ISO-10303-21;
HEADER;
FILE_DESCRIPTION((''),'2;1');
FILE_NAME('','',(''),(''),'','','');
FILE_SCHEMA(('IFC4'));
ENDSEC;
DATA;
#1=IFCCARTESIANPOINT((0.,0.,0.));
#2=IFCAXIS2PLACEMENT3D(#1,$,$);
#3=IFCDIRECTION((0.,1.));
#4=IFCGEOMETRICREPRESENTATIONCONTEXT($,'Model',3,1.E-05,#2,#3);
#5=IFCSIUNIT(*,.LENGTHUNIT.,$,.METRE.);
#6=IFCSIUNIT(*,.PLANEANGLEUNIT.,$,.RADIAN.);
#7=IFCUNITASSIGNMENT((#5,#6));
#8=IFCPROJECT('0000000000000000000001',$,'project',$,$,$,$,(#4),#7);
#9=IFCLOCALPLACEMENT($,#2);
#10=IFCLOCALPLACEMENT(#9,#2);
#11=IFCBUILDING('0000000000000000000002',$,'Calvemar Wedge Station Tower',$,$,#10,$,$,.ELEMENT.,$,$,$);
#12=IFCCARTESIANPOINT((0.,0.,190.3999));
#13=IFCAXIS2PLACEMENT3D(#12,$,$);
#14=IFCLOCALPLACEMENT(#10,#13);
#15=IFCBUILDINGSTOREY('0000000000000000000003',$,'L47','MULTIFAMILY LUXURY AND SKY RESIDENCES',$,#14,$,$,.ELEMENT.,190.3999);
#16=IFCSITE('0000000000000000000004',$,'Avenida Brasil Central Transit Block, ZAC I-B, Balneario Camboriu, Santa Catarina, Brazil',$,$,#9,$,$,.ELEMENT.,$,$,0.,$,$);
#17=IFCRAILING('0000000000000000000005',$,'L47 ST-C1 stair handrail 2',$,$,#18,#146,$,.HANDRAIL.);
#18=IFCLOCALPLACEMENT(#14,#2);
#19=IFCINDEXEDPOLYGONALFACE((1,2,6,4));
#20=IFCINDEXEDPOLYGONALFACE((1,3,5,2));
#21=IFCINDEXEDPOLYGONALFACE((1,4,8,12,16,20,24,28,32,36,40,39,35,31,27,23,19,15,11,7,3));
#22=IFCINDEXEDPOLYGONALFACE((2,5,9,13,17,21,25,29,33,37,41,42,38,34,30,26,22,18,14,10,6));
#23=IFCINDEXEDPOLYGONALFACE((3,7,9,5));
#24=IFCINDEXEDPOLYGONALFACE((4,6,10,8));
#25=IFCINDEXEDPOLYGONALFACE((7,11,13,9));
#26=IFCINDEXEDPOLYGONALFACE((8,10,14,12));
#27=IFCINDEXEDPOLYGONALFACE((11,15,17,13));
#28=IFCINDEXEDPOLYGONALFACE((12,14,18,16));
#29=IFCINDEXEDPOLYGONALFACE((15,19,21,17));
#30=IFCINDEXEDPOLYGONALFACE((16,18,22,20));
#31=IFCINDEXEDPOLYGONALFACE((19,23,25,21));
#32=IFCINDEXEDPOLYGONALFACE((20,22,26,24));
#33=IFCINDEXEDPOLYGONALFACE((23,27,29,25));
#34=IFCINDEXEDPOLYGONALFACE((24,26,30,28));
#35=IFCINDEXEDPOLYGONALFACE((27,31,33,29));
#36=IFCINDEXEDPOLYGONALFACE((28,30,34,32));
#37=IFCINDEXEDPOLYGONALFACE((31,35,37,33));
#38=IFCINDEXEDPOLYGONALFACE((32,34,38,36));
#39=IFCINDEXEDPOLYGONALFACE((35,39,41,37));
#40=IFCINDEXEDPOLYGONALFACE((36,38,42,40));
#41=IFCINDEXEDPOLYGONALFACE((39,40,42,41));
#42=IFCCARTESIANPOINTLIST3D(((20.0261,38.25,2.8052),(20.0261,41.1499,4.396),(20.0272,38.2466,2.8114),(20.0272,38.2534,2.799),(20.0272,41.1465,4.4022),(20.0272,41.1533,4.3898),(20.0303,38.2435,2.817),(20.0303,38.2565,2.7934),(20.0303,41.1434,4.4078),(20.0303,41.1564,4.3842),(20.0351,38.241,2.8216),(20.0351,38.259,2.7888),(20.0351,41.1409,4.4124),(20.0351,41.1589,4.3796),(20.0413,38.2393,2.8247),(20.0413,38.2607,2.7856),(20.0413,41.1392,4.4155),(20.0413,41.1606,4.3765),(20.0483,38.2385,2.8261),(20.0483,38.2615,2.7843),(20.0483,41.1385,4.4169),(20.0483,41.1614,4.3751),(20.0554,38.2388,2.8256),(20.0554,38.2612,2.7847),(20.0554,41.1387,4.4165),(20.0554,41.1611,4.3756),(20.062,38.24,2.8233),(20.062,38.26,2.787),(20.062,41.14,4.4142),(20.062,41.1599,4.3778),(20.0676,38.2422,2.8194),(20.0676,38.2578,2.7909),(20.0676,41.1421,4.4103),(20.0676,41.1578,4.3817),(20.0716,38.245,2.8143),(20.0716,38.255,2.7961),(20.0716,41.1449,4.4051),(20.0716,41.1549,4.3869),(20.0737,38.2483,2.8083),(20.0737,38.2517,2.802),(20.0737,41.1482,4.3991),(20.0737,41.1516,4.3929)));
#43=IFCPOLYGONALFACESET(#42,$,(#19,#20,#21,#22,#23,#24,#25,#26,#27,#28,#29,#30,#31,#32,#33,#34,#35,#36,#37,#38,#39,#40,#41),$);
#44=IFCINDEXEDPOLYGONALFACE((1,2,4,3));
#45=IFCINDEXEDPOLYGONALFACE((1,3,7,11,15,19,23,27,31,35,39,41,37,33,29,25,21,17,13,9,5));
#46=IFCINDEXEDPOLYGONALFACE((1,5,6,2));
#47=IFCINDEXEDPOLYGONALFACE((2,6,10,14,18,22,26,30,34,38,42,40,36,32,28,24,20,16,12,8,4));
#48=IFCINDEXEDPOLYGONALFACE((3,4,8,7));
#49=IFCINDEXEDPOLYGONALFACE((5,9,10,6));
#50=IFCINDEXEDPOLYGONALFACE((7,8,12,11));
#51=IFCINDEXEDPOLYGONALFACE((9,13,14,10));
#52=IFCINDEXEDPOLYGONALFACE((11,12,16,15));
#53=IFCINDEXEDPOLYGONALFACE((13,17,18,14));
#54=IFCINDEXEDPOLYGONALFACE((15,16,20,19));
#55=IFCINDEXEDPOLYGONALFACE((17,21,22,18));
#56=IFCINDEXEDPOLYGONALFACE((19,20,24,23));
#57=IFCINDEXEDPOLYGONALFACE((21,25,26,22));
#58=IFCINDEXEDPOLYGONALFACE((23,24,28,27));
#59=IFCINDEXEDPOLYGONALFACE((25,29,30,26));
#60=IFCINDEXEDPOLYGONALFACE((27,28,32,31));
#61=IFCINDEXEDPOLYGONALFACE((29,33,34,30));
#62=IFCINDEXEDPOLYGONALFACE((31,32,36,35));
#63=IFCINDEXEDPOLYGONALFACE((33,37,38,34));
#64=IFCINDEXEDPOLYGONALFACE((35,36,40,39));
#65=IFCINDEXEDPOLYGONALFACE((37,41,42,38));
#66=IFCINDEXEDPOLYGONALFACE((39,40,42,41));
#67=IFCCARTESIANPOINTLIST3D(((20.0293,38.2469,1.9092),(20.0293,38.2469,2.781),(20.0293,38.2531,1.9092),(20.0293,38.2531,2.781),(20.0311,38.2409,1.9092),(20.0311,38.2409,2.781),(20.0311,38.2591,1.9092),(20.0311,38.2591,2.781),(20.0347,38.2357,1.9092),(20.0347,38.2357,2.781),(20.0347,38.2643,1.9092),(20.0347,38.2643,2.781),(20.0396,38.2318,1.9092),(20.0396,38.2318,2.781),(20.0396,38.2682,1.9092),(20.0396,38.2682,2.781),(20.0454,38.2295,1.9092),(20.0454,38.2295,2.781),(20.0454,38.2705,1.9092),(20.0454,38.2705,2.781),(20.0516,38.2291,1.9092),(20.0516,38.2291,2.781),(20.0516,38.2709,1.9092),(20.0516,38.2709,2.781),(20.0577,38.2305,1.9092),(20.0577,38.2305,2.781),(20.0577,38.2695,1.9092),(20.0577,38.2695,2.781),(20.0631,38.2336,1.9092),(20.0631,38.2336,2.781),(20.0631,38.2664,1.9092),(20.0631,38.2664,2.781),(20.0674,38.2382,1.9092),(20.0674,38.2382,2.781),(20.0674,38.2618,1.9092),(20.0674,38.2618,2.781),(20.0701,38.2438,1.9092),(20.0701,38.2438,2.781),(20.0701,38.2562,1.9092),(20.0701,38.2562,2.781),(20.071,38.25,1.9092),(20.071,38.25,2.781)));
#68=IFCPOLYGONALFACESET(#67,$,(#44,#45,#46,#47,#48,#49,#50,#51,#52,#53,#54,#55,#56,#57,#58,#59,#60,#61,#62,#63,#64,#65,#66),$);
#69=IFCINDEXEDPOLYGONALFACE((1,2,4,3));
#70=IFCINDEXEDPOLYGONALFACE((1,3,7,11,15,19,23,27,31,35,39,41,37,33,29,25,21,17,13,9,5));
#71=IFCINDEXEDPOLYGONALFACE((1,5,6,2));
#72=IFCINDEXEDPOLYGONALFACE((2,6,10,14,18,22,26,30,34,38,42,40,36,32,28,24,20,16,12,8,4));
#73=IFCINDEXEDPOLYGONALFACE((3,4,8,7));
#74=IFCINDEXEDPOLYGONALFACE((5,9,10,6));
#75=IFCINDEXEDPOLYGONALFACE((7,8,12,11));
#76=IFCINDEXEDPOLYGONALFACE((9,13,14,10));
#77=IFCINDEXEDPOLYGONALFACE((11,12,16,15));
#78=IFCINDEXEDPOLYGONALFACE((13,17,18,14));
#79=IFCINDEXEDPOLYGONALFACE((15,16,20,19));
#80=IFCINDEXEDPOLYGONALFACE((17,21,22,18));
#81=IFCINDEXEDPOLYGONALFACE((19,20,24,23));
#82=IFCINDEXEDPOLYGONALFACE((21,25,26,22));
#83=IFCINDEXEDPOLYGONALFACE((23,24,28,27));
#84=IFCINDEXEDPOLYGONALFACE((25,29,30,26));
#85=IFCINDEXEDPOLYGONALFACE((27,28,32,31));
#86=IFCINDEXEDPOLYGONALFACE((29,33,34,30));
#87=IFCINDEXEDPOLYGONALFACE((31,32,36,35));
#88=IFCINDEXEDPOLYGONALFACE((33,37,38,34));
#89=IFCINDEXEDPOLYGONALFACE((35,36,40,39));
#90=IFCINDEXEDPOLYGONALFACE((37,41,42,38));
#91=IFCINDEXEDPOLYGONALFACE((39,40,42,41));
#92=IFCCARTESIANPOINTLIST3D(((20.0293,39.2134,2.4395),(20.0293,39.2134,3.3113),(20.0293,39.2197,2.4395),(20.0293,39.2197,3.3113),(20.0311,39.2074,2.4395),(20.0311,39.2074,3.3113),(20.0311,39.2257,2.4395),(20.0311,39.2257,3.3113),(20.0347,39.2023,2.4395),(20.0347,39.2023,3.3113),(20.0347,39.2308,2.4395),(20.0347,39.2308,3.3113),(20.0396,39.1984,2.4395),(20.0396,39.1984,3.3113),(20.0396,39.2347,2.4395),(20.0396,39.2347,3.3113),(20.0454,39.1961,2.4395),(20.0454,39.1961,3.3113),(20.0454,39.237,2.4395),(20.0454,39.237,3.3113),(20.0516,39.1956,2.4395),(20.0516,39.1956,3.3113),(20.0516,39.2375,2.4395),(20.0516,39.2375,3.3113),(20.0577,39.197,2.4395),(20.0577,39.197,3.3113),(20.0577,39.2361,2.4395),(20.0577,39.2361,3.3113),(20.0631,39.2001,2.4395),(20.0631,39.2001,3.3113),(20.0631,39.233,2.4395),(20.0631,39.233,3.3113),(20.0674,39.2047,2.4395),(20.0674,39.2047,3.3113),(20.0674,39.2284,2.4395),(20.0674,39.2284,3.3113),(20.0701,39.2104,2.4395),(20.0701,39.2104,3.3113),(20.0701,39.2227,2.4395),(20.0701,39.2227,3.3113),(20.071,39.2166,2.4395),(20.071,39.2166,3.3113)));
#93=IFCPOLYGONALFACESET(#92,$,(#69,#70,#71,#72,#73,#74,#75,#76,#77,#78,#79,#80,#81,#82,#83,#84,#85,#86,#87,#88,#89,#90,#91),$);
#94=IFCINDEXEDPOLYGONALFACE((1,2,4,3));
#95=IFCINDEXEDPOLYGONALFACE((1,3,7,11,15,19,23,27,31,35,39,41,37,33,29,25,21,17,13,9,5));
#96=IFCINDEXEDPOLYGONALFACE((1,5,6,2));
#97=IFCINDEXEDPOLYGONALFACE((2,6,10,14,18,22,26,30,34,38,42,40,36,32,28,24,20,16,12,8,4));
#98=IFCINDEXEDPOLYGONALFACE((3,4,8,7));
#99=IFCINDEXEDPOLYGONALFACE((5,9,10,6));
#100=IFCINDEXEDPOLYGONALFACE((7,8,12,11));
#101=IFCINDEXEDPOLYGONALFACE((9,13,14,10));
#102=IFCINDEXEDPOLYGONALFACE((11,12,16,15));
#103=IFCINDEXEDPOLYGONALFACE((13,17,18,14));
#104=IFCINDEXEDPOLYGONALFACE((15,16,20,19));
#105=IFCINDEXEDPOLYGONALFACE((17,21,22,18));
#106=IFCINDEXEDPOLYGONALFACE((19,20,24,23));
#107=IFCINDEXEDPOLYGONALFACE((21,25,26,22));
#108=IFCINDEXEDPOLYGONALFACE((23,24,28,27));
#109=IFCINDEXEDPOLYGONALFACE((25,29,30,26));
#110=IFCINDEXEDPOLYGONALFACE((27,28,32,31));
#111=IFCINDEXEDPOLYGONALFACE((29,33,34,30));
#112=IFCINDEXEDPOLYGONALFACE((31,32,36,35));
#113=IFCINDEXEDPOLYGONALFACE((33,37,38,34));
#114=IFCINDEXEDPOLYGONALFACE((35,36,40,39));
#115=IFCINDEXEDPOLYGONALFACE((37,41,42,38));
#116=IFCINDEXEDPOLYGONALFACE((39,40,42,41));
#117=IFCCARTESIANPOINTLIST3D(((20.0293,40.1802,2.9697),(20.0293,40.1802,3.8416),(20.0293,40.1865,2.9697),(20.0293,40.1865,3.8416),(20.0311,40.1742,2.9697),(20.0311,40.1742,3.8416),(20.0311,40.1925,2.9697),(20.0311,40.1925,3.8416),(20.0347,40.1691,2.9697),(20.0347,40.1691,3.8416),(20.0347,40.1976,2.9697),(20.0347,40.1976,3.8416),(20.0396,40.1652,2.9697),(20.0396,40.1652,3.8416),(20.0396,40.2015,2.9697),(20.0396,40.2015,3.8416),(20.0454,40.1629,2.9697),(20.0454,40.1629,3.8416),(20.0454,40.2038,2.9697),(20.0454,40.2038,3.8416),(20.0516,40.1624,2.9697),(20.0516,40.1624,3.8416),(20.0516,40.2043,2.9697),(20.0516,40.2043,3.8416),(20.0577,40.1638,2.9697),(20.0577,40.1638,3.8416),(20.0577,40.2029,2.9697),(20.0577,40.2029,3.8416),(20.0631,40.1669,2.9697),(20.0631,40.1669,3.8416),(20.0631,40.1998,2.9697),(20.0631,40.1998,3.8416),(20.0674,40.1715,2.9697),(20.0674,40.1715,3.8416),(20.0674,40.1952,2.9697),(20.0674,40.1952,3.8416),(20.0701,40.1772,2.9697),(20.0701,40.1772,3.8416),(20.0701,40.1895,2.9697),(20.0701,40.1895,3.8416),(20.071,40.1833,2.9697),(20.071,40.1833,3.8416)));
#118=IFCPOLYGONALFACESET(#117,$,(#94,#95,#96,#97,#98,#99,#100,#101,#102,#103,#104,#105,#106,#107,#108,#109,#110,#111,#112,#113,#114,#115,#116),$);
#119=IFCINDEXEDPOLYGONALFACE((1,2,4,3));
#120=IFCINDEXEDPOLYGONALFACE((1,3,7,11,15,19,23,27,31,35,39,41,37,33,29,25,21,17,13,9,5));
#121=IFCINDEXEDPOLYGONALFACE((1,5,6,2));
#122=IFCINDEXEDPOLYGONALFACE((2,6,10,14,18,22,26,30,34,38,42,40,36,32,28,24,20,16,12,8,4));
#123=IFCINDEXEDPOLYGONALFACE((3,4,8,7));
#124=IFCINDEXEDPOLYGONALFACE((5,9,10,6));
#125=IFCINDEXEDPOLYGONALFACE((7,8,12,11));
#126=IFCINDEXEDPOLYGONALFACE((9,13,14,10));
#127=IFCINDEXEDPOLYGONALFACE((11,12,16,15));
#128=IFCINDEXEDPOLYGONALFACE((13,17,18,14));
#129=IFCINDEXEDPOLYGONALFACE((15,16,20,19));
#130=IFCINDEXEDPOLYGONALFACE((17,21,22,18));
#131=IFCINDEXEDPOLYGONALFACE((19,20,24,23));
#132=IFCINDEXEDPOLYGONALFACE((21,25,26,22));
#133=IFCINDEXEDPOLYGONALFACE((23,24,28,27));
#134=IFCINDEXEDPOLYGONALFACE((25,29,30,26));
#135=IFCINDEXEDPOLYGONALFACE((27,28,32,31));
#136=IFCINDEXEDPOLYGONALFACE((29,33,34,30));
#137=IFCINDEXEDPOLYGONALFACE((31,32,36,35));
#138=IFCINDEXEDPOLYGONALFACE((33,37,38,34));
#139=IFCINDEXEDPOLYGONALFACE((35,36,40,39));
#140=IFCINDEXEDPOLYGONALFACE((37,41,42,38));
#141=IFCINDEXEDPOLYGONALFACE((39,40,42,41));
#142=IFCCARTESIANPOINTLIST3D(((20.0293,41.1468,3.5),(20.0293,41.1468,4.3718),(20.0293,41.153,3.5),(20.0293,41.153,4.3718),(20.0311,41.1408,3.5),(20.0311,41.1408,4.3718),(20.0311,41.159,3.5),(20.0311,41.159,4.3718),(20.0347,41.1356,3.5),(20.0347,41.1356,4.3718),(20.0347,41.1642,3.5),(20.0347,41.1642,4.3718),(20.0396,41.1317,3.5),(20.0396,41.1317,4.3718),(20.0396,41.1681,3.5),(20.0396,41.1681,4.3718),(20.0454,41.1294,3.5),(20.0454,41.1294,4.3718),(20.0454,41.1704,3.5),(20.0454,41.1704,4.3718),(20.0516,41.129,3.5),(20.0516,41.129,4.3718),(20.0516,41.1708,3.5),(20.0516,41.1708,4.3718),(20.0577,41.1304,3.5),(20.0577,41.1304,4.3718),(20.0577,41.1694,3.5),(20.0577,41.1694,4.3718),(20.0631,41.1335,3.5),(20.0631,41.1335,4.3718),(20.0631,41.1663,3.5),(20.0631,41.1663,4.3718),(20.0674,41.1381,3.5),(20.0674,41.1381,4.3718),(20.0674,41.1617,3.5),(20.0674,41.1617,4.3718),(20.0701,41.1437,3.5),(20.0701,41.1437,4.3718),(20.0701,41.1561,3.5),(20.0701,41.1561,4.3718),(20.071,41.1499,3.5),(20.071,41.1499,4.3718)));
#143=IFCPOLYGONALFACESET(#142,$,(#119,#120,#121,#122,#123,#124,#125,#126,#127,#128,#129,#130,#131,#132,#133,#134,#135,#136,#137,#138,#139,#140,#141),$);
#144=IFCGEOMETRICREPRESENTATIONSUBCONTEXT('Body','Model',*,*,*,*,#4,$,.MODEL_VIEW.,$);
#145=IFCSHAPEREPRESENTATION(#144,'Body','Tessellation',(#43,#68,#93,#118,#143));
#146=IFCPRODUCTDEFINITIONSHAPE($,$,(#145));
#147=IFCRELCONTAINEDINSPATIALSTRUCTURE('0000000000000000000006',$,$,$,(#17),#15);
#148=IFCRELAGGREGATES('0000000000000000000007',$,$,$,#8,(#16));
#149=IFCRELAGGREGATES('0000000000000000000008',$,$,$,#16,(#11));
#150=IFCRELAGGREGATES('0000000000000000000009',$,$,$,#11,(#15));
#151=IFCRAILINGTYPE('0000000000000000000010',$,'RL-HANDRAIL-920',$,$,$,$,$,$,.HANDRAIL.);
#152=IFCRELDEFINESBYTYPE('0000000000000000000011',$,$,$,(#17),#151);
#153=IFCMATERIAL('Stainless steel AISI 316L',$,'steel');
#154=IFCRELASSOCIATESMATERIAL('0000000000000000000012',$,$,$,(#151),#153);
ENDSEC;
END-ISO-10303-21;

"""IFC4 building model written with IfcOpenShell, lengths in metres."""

from ifc_helpers import new_model, si_unit, direction, frame, origin, origin_2d, place, context, subcontext, project, spatial, circle, extrude, material, type_object, element, save


model = new_model("IFC4")

# Units and contexts
model_context = context("Model", 3, precision=1e-05, world=origin(), true_north=direction((0.0, 1.0)))
body_context = subcontext(model_context, "Body", "Model", "MODEL_VIEW")
ifc_project = project(units=[si_unit("LENGTHUNIT", "METRE"), si_unit("PLANEANGLEUNIT", "RADIAN")], contexts=[model_context])

# Site, building, storey
site_placement = place(None, origin())
site = spatial("IfcSite", under=ifc_project, at=site_placement, Name="Avenida Brasil Central Transit Block, ZAC I-B, Balneario Camboriu, Santa Catarina, Brazil", CompositionType="ELEMENT", RefElevation=0.0)
building_placement = place(site_placement, origin())
building = spatial("IfcBuilding", under=site, at=building_placement, Name="Calvemar Wedge Station Tower", CompositionType="ELEMENT")
storey_placement = place(building_placement, frame((0.0, 0.0, 190.3999)))
storey = spatial("IfcBuildingStorey", under=building, at=storey_placement, Name="L47", Description="MULTIFAMILY LUXURY AND SKY RESIDENCES", CompositionType="ELEMENT", Elevation=190.3999)

# Railing
ifc_material_1 = material(Name="Stainless steel AISI 316L", Category="steel")
railing_type_1 = type_object("IfcRailingType", Name="RL-HANDRAIL-920", PredefinedType="HANDRAIL", material=ifc_material_1)
railing_1_placement = place(storey_placement, frame((20.05, 38.25, 1.9092)))
element("IfcRailing", 1, at=railing_1_placement, inside=storey, type_object=railing_type_1, Name="L47 ST-C1 stair handrail 2", PredefinedType="HANDRAIL", context=body_context, shape_type="SweptSolid", body=[
    extrude(circle(Radius=0.0239, at=origin_2d()), frame((0.0, 0.0, 0.896), z_axis=(0.0, 0.876742, 0.480961), x_axis=(-1.0, 0.0, 0.0)), (0.0, 0.0, 1.0), 3.3076),
    extrude(circle(Radius=0.021, at=origin_2d()), origin(), (0.0, 0.0, 1.0), 0.8718),
    extrude(circle(Radius=0.021, at=origin_2d()), frame((0.0, 0.9666, 0.5303)), (0.0, 0.0, 1.0), 0.8718),
    extrude(circle(Radius=0.021, at=origin_2d()), frame((0.0, 1.9333, 1.0605)), (0.0, 0.0, 1.0), 0.8718),
    extrude(circle(Radius=0.021, at=origin_2d()), frame((0.0, 2.8999, 1.5908)), (0.0, 0.0, 1.0), 0.8718),
])

save(model, "model.ifc")
